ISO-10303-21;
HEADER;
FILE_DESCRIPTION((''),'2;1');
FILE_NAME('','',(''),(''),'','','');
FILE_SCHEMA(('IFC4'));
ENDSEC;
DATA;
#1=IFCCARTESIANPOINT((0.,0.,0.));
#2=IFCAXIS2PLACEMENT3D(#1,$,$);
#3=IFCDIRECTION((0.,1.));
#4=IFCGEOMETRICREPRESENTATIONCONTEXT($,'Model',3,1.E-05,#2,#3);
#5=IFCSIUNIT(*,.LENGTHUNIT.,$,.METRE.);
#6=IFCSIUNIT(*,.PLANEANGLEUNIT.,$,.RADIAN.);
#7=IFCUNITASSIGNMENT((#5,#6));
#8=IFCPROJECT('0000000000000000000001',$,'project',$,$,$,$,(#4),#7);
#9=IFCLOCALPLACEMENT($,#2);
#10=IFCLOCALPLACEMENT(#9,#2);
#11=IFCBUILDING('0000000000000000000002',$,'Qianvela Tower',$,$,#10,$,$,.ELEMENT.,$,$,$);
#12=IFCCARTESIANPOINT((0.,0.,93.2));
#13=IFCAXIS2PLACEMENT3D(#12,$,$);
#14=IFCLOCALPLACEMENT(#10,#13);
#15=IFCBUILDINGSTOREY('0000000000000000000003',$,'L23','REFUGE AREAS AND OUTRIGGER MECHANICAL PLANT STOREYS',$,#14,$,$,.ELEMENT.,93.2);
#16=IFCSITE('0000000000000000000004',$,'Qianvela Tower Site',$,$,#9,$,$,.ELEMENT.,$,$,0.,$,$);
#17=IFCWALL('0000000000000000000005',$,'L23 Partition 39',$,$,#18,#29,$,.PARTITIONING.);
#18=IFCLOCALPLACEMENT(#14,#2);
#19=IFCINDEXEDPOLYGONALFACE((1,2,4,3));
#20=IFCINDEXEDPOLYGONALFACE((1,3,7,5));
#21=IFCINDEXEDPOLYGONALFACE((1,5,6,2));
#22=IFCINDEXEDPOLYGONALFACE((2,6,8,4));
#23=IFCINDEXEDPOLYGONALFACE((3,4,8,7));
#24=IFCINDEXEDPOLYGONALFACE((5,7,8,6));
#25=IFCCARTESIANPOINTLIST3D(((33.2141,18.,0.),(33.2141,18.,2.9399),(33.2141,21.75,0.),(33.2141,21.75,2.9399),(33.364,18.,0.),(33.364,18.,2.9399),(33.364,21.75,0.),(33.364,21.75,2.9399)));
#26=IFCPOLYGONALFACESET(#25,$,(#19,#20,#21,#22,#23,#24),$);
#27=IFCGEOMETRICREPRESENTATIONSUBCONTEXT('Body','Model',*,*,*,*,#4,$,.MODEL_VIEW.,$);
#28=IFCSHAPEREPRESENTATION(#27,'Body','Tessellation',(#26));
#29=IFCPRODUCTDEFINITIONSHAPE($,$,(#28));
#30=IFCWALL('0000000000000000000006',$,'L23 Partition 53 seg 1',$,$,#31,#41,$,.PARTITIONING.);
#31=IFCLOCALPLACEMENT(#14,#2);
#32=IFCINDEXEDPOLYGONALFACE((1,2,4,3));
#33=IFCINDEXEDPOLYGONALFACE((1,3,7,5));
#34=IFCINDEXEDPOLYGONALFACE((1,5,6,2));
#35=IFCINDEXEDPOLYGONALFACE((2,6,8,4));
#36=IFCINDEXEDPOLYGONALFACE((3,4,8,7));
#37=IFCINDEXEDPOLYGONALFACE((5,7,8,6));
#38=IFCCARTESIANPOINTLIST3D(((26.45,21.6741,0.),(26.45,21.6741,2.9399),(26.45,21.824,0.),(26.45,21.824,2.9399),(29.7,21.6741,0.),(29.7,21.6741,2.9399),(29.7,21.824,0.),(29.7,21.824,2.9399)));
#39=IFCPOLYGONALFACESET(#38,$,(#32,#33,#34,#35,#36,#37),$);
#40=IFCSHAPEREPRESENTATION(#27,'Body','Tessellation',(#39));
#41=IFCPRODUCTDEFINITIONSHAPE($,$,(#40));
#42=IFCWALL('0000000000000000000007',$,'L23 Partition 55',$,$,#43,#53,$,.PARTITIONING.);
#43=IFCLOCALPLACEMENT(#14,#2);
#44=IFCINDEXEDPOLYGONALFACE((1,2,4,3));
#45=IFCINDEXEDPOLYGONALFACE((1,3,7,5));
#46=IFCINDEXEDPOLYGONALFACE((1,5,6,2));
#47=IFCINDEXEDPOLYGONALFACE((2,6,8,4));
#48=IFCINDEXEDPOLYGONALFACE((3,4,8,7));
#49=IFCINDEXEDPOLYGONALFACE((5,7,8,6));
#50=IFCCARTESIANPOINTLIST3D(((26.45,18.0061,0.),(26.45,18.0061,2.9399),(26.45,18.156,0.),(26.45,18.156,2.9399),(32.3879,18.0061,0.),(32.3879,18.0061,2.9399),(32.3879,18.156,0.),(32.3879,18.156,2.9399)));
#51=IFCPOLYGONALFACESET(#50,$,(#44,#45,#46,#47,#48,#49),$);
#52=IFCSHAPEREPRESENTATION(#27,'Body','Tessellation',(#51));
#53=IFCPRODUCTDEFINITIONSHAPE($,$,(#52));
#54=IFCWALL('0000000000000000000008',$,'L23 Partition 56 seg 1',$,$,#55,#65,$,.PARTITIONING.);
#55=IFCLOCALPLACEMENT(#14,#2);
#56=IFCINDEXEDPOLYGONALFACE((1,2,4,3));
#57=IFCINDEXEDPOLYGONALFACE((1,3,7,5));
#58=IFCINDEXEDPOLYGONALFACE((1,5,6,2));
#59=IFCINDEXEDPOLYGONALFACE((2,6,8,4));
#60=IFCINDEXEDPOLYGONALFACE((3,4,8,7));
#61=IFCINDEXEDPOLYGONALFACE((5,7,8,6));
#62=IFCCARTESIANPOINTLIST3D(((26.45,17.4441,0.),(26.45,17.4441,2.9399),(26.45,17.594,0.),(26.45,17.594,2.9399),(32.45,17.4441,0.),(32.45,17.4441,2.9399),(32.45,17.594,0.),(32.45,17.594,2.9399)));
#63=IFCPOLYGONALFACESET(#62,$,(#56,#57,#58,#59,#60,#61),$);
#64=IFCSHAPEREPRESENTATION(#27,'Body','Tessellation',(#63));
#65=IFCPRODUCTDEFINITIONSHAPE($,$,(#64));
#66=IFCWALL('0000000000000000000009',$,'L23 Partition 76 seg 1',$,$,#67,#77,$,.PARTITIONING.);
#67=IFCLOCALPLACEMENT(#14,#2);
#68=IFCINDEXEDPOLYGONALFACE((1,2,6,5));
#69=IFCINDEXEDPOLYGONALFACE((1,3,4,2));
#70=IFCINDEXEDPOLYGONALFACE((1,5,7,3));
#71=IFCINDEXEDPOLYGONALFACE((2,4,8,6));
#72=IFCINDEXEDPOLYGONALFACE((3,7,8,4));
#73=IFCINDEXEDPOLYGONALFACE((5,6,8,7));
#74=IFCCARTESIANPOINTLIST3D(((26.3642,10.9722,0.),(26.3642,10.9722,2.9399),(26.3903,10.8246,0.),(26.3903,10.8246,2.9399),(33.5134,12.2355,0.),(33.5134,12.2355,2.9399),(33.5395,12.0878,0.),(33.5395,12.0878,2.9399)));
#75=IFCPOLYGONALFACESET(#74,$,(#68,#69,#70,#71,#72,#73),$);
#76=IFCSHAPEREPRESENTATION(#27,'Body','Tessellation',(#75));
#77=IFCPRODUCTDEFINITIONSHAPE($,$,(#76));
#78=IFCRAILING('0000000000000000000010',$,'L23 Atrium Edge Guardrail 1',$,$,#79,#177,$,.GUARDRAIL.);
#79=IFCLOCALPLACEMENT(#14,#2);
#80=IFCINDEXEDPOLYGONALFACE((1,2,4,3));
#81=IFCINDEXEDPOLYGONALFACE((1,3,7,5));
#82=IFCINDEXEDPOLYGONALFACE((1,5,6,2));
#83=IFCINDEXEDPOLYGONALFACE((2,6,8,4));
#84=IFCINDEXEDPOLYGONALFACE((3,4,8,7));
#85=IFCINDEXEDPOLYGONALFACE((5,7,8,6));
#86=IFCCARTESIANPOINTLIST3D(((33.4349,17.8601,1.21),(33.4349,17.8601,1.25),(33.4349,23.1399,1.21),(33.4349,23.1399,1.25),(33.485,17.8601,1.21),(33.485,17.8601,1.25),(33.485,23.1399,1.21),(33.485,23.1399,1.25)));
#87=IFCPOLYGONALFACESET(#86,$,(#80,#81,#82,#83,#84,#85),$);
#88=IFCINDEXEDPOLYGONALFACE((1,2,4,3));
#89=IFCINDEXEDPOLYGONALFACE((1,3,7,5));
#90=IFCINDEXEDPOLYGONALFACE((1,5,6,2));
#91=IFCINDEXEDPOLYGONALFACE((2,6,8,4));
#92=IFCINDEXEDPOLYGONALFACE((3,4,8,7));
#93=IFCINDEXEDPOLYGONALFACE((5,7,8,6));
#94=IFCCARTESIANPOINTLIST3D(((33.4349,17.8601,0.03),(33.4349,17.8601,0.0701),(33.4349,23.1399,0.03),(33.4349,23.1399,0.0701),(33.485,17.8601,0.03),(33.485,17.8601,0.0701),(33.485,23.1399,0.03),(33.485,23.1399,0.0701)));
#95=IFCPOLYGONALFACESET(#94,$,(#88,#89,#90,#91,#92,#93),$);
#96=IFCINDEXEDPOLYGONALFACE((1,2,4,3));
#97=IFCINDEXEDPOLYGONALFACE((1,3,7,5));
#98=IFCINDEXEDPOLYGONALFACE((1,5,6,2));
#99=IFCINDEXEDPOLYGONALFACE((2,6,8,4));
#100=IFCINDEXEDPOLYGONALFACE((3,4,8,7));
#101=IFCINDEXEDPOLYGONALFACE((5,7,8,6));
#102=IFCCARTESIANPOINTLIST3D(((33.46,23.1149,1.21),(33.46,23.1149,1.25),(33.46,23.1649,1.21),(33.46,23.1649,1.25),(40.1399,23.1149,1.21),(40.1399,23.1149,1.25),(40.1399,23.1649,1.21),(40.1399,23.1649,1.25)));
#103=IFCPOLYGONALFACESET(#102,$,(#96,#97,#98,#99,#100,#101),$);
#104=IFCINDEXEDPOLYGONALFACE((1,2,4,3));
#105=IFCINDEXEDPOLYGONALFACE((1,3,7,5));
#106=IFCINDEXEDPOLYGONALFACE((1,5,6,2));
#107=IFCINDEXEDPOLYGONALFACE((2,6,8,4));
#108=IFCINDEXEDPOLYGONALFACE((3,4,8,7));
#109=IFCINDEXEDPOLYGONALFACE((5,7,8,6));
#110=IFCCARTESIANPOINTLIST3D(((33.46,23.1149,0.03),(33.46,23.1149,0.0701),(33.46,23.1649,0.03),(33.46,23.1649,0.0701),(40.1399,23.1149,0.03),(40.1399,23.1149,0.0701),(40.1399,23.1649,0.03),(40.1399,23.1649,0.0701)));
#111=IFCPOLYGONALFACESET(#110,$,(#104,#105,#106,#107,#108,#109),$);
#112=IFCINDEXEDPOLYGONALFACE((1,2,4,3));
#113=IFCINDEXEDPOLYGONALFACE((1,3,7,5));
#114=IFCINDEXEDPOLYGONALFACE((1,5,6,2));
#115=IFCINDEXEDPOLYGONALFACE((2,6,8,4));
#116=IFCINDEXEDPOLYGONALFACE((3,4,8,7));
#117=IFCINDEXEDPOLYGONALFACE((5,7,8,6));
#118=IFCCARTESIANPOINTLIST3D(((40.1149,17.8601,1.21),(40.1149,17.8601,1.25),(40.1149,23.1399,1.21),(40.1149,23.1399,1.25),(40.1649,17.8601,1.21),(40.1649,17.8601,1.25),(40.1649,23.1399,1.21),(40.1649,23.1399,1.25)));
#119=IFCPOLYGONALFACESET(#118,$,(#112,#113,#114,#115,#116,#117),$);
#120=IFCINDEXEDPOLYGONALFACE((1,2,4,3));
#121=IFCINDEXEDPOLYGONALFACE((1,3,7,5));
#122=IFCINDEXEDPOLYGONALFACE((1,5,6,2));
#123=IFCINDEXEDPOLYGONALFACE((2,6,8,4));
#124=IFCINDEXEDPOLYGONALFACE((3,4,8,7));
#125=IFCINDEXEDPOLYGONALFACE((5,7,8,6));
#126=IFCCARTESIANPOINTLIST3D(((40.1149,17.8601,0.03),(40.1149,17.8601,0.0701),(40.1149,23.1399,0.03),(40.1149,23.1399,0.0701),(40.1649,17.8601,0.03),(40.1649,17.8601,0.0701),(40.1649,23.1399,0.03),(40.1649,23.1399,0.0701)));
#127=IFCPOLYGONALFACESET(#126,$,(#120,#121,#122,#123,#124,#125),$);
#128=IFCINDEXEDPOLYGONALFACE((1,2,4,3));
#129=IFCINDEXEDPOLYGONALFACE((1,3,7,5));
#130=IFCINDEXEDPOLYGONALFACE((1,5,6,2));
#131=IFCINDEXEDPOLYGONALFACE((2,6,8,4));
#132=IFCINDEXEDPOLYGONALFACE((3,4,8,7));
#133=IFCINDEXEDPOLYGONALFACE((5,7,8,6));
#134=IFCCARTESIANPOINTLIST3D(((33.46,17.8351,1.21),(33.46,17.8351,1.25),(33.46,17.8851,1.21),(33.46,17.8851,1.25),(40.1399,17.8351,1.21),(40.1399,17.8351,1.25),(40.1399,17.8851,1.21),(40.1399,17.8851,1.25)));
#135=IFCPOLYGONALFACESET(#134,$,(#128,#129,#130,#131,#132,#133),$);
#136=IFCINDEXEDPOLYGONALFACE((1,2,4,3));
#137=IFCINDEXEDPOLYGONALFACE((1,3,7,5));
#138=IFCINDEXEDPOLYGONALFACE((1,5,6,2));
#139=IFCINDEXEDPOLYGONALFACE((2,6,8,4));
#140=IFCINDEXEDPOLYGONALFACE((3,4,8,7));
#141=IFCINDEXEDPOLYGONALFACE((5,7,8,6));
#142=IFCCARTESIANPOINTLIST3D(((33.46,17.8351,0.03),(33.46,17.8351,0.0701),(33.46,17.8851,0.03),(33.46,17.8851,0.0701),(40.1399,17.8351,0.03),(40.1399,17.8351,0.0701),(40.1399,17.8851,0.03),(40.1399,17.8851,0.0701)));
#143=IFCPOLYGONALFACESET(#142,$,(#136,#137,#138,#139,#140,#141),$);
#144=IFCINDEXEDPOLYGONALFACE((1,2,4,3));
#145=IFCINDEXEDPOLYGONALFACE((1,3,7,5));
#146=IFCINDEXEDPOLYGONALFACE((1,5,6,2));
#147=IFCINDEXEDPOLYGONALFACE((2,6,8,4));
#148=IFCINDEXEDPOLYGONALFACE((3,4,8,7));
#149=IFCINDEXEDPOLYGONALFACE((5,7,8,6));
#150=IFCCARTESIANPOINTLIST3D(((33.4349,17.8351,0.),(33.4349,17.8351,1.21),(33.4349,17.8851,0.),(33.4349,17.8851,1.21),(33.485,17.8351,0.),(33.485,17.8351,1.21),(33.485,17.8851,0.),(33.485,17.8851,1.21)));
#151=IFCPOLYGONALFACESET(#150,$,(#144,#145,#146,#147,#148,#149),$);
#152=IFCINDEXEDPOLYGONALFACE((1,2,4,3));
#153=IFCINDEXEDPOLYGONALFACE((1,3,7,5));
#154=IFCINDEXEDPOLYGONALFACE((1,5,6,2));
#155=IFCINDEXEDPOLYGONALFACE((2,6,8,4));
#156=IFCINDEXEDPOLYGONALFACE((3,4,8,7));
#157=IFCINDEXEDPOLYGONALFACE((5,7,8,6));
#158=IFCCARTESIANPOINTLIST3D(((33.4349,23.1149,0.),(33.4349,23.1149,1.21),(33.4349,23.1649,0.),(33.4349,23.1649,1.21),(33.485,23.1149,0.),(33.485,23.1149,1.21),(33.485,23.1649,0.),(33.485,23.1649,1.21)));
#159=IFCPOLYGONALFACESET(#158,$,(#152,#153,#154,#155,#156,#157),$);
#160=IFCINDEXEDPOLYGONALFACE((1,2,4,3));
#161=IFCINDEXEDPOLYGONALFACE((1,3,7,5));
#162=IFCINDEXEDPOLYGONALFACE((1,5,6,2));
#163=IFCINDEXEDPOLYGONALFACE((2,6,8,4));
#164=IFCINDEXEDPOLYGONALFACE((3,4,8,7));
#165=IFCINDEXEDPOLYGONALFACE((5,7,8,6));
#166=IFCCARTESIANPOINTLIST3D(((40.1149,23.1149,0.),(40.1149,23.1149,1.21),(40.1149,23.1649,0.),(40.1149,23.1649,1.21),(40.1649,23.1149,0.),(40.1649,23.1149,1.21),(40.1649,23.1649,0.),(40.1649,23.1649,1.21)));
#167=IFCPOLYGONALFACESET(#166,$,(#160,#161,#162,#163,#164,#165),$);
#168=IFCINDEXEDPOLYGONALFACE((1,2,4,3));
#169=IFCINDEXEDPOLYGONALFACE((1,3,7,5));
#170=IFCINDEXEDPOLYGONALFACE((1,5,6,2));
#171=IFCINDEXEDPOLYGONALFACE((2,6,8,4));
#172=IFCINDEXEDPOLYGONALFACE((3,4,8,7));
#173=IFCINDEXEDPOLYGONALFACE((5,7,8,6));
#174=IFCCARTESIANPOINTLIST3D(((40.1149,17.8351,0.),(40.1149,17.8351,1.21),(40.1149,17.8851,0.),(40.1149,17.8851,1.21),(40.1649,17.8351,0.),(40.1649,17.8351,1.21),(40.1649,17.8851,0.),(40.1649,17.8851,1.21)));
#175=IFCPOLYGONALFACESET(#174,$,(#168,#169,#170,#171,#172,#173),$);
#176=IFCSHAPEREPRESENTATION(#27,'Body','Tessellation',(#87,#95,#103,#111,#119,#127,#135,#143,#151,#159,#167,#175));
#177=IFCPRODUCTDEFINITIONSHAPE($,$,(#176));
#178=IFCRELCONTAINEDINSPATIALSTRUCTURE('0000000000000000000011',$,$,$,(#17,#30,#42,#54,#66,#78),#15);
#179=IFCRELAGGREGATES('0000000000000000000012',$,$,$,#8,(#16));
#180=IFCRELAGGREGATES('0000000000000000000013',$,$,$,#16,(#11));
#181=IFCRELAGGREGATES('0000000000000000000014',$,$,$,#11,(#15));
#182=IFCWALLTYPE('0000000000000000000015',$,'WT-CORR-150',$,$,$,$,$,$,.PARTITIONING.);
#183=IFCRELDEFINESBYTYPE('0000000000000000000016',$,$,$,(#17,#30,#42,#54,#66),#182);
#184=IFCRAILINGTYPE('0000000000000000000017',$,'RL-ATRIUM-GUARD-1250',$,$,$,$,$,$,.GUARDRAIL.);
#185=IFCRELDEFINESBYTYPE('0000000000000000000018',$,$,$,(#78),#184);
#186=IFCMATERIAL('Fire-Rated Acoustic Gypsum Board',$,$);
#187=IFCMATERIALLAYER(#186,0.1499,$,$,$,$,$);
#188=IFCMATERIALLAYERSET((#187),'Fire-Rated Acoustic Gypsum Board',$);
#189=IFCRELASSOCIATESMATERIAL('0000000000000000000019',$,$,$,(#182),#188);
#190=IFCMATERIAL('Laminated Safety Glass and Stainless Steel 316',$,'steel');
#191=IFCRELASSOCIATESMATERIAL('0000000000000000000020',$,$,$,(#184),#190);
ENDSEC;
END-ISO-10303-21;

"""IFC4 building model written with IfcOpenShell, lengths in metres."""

from ifc_helpers import new_model, si_unit, direction, frame, frame_2d, origin, origin_2d, place, context, subcontext, project, spatial, rectangle, extrude, material, layer, layer_set, type_object, element, save


model = new_model("IFC4")

# Units and contexts
model_context = context("Model", 3, precision=1e-05, world=origin(), true_north=direction((0.0, 1.0)))
body_context = subcontext(model_context, "Body", "Model", "MODEL_VIEW")
ifc_project = project(units=[si_unit("LENGTHUNIT", "METRE"), si_unit("PLANEANGLEUNIT", "RADIAN")], contexts=[model_context])

# Site, building, storey
site_placement = place(None, origin())
site = spatial("IfcSite", under=ifc_project, at=site_placement, Name="Qianvela Tower Site", CompositionType="ELEMENT", RefElevation=0.0)
building_placement = place(site_placement, origin())
building = spatial("IfcBuilding", under=site, at=building_placement, Name="Qianvela Tower", CompositionType="ELEMENT")
storey_placement = place(building_placement, frame((0.0, 0.0, 93.2)))
storey = spatial("IfcBuildingStorey", under=building, at=storey_placement, Name="L23", Description="REFUGE AREAS AND OUTRIGGER MECHANICAL PLANT STOREYS", CompositionType="ELEMENT", Elevation=93.2)

# Shared definitions
ifc_material_1 = material(Name="Fire-Rated Acoustic Gypsum Board")
ifc_layer_1 = layer(ifc_material_1, 0.1499)
ifc_layer_set_1 = layer_set([ifc_layer_1], Name="Fire-Rated Acoustic Gypsum Board")
wall_type = type_object("IfcWallType", Name="WT-CORR-150", PredefinedType="PARTITIONING", material=ifc_layer_set_1)

# Walls
wall_1_placement = place(storey_placement, frame((33.2891, 21.75, 0.0), z_axis=(0.0, 0.0, 1.0), x_axis=(0.0, -1.0, 0.0)))
element("IfcWall", 1, at=wall_1_placement, inside=storey, type_object=wall_type, Name="L23 Partition 39", PredefinedType="PARTITIONING", context=body_context, shape_type="SweptSolid", body=[
    extrude(rectangle(XDim=3.75, YDim=0.1499, at=frame_2d((1.875, 0.0))), origin(), (0.0, 0.0, 1.0), 2.9399),
])
wall_2_placement = place(storey_placement, frame((26.45, 21.749, 0.0), z_axis=(0.0, 0.0, 1.0), x_axis=(1.0, 0.0, 0.0)))
element("IfcWall", 2, at=wall_2_placement, inside=storey, type_object=wall_type, Name="L23 Partition 53 seg 1", PredefinedType="PARTITIONING", context=body_context, shape_type="SweptSolid", body=[
    extrude(rectangle(XDim=3.25, YDim=0.1499, at=frame_2d((1.625, 0.0))), origin(), (0.0, 0.0, 1.0), 2.9399),
])
wall_3_placement = place(storey_placement, frame((32.3879, 18.0811, 0.0), z_axis=(0.0, 0.0, 1.0), x_axis=(-1.0, 0.0, 0.0)))
element("IfcWall", 3, at=wall_3_placement, inside=storey, type_object=wall_type, Name="L23 Partition 55", PredefinedType="PARTITIONING", context=body_context, shape_type="SweptSolid", body=[
    extrude(rectangle(XDim=5.938, YDim=0.1499, at=frame_2d((2.969, 0.0))), origin(), (0.0, 0.0, 1.0), 2.9399),
])
wall_4_placement = place(storey_placement, frame((26.45, 17.519, 0.0), z_axis=(0.0, 0.0, 1.0), x_axis=(1.0, 0.0, 0.0)))
element("IfcWall", 4, at=wall_4_placement, inside=storey, type_object=wall_type, Name="L23 Partition 56 seg 1", PredefinedType="PARTITIONING", context=body_context, shape_type="SweptSolid", body=[
    extrude(rectangle(XDim=6.0, YDim=0.1499, at=frame_2d((3.0, 0.0))), origin(), (0.0, 0.0, 1.0), 2.9399),
])
wall_5_placement = place(storey_placement, frame((33.5264, 12.1616, 0.0), z_axis=(0.0, 0.0, 1.0), x_axis=(-0.984747, -0.173994, 0.0)))
element("IfcWall", 5, at=wall_5_placement, inside=storey, type_object=wall_type, Name="L23 Partition 76 seg 1", PredefinedType="PARTITIONING", context=body_context, shape_type="SweptSolid", body=[
    extrude(rectangle(XDim=7.26, YDim=0.1499, at=frame_2d((3.6299, 0.0))), origin(), (0.0, 0.0, 1.0), 2.9399),
])

# Railing
ifc_material_2 = material(Name="Laminated Safety Glass and Stainless Steel 316", Category="steel")
railing_type = type_object("IfcRailingType", Name="RL-ATRIUM-GUARD-1250", PredefinedType="GUARDRAIL", material=ifc_material_2)
railing_placement = place(storey_placement, frame((33.46, 17.8601, 0.0)))
element("IfcRailing", 6, at=railing_placement, inside=storey, type_object=railing_type, Name="L23 Atrium Edge Guardrail 1", PredefinedType="GUARDRAIL", context=body_context, shape_type="SweptSolid", body=[
    extrude(rectangle(XDim=0.05, YDim=0.04, at=origin_2d()), frame((0.0, 0.0, 1.23), z_axis=(0.0, 1.0, 0.0), x_axis=(-1.0, 0.0, 0.0)), (0.0, 0.0, 1.0), 5.2798),
    extrude(rectangle(XDim=0.05, YDim=0.04, at=origin_2d()), frame((0.0, 0.0, 0.05), z_axis=(0.0, 1.0, 0.0), x_axis=(-1.0, 0.0, 0.0)), (0.0, 0.0, 1.0), 5.2798),
    extrude(rectangle(XDim=0.05, YDim=0.04, at=origin_2d()), frame((0.0, 5.2798, 1.23), z_axis=(1.0, 0.0, 0.0), x_axis=(0.0, 1.0, 0.0)), (0.0, 0.0, 1.0), 6.6799),
    extrude(rectangle(XDim=0.05, YDim=0.04, at=origin_2d()), frame((0.0, 5.2798, 0.05), z_axis=(1.0, 0.0, 0.0), x_axis=(0.0, 1.0, 0.0)), (0.0, 0.0, 1.0), 6.6799),
    extrude(rectangle(XDim=0.05, YDim=0.04, at=origin_2d()), frame((6.6799, 5.2798, 1.23), z_axis=(0.0, -1.0, 0.0), x_axis=(1.0, 0.0, 0.0)), (0.0, 0.0, 1.0), 5.2798),
    extrude(rectangle(XDim=0.05, YDim=0.04, at=origin_2d()), frame((6.6799, 5.2798, 0.05), z_axis=(0.0, -1.0, 0.0), x_axis=(1.0, 0.0, 0.0)), (0.0, 0.0, 1.0), 5.2798),
    extrude(rectangle(XDim=0.05, YDim=0.04, at=origin_2d()), frame((6.6799, 0.0, 1.23), z_axis=(-1.0, 0.0, 0.0), x_axis=(0.0, -1.0, 0.0)), (0.0, 0.0, 1.0), 6.6799),
    extrude(rectangle(XDim=0.05, YDim=0.04, at=origin_2d()), frame((6.6799, 0.0, 0.05), z_axis=(-1.0, 0.0, 0.0), x_axis=(0.0, -1.0, 0.0)), (0.0, 0.0, 1.0), 6.6799),
    extrude(rectangle(XDim=0.05, YDim=0.05, at=origin_2d()), origin(), (0.0, 0.0, 1.0), 1.21),
    extrude(rectangle(XDim=0.05, YDim=0.05, at=origin_2d()), frame((0.0, 5.2798, 0.0)), (0.0, 0.0, 1.0), 1.21),
    extrude(rectangle(XDim=0.05, YDim=0.05, at=origin_2d()), frame((6.6799, 5.2798, 0.0)), (0.0, 0.0, 1.0), 1.21),
    extrude(rectangle(XDim=0.05, YDim=0.05, at=origin_2d()), frame((6.6799, 0.0, 0.0)), (0.0, 0.0, 1.0), 1.21),
])

save(model, "model.ifc")
